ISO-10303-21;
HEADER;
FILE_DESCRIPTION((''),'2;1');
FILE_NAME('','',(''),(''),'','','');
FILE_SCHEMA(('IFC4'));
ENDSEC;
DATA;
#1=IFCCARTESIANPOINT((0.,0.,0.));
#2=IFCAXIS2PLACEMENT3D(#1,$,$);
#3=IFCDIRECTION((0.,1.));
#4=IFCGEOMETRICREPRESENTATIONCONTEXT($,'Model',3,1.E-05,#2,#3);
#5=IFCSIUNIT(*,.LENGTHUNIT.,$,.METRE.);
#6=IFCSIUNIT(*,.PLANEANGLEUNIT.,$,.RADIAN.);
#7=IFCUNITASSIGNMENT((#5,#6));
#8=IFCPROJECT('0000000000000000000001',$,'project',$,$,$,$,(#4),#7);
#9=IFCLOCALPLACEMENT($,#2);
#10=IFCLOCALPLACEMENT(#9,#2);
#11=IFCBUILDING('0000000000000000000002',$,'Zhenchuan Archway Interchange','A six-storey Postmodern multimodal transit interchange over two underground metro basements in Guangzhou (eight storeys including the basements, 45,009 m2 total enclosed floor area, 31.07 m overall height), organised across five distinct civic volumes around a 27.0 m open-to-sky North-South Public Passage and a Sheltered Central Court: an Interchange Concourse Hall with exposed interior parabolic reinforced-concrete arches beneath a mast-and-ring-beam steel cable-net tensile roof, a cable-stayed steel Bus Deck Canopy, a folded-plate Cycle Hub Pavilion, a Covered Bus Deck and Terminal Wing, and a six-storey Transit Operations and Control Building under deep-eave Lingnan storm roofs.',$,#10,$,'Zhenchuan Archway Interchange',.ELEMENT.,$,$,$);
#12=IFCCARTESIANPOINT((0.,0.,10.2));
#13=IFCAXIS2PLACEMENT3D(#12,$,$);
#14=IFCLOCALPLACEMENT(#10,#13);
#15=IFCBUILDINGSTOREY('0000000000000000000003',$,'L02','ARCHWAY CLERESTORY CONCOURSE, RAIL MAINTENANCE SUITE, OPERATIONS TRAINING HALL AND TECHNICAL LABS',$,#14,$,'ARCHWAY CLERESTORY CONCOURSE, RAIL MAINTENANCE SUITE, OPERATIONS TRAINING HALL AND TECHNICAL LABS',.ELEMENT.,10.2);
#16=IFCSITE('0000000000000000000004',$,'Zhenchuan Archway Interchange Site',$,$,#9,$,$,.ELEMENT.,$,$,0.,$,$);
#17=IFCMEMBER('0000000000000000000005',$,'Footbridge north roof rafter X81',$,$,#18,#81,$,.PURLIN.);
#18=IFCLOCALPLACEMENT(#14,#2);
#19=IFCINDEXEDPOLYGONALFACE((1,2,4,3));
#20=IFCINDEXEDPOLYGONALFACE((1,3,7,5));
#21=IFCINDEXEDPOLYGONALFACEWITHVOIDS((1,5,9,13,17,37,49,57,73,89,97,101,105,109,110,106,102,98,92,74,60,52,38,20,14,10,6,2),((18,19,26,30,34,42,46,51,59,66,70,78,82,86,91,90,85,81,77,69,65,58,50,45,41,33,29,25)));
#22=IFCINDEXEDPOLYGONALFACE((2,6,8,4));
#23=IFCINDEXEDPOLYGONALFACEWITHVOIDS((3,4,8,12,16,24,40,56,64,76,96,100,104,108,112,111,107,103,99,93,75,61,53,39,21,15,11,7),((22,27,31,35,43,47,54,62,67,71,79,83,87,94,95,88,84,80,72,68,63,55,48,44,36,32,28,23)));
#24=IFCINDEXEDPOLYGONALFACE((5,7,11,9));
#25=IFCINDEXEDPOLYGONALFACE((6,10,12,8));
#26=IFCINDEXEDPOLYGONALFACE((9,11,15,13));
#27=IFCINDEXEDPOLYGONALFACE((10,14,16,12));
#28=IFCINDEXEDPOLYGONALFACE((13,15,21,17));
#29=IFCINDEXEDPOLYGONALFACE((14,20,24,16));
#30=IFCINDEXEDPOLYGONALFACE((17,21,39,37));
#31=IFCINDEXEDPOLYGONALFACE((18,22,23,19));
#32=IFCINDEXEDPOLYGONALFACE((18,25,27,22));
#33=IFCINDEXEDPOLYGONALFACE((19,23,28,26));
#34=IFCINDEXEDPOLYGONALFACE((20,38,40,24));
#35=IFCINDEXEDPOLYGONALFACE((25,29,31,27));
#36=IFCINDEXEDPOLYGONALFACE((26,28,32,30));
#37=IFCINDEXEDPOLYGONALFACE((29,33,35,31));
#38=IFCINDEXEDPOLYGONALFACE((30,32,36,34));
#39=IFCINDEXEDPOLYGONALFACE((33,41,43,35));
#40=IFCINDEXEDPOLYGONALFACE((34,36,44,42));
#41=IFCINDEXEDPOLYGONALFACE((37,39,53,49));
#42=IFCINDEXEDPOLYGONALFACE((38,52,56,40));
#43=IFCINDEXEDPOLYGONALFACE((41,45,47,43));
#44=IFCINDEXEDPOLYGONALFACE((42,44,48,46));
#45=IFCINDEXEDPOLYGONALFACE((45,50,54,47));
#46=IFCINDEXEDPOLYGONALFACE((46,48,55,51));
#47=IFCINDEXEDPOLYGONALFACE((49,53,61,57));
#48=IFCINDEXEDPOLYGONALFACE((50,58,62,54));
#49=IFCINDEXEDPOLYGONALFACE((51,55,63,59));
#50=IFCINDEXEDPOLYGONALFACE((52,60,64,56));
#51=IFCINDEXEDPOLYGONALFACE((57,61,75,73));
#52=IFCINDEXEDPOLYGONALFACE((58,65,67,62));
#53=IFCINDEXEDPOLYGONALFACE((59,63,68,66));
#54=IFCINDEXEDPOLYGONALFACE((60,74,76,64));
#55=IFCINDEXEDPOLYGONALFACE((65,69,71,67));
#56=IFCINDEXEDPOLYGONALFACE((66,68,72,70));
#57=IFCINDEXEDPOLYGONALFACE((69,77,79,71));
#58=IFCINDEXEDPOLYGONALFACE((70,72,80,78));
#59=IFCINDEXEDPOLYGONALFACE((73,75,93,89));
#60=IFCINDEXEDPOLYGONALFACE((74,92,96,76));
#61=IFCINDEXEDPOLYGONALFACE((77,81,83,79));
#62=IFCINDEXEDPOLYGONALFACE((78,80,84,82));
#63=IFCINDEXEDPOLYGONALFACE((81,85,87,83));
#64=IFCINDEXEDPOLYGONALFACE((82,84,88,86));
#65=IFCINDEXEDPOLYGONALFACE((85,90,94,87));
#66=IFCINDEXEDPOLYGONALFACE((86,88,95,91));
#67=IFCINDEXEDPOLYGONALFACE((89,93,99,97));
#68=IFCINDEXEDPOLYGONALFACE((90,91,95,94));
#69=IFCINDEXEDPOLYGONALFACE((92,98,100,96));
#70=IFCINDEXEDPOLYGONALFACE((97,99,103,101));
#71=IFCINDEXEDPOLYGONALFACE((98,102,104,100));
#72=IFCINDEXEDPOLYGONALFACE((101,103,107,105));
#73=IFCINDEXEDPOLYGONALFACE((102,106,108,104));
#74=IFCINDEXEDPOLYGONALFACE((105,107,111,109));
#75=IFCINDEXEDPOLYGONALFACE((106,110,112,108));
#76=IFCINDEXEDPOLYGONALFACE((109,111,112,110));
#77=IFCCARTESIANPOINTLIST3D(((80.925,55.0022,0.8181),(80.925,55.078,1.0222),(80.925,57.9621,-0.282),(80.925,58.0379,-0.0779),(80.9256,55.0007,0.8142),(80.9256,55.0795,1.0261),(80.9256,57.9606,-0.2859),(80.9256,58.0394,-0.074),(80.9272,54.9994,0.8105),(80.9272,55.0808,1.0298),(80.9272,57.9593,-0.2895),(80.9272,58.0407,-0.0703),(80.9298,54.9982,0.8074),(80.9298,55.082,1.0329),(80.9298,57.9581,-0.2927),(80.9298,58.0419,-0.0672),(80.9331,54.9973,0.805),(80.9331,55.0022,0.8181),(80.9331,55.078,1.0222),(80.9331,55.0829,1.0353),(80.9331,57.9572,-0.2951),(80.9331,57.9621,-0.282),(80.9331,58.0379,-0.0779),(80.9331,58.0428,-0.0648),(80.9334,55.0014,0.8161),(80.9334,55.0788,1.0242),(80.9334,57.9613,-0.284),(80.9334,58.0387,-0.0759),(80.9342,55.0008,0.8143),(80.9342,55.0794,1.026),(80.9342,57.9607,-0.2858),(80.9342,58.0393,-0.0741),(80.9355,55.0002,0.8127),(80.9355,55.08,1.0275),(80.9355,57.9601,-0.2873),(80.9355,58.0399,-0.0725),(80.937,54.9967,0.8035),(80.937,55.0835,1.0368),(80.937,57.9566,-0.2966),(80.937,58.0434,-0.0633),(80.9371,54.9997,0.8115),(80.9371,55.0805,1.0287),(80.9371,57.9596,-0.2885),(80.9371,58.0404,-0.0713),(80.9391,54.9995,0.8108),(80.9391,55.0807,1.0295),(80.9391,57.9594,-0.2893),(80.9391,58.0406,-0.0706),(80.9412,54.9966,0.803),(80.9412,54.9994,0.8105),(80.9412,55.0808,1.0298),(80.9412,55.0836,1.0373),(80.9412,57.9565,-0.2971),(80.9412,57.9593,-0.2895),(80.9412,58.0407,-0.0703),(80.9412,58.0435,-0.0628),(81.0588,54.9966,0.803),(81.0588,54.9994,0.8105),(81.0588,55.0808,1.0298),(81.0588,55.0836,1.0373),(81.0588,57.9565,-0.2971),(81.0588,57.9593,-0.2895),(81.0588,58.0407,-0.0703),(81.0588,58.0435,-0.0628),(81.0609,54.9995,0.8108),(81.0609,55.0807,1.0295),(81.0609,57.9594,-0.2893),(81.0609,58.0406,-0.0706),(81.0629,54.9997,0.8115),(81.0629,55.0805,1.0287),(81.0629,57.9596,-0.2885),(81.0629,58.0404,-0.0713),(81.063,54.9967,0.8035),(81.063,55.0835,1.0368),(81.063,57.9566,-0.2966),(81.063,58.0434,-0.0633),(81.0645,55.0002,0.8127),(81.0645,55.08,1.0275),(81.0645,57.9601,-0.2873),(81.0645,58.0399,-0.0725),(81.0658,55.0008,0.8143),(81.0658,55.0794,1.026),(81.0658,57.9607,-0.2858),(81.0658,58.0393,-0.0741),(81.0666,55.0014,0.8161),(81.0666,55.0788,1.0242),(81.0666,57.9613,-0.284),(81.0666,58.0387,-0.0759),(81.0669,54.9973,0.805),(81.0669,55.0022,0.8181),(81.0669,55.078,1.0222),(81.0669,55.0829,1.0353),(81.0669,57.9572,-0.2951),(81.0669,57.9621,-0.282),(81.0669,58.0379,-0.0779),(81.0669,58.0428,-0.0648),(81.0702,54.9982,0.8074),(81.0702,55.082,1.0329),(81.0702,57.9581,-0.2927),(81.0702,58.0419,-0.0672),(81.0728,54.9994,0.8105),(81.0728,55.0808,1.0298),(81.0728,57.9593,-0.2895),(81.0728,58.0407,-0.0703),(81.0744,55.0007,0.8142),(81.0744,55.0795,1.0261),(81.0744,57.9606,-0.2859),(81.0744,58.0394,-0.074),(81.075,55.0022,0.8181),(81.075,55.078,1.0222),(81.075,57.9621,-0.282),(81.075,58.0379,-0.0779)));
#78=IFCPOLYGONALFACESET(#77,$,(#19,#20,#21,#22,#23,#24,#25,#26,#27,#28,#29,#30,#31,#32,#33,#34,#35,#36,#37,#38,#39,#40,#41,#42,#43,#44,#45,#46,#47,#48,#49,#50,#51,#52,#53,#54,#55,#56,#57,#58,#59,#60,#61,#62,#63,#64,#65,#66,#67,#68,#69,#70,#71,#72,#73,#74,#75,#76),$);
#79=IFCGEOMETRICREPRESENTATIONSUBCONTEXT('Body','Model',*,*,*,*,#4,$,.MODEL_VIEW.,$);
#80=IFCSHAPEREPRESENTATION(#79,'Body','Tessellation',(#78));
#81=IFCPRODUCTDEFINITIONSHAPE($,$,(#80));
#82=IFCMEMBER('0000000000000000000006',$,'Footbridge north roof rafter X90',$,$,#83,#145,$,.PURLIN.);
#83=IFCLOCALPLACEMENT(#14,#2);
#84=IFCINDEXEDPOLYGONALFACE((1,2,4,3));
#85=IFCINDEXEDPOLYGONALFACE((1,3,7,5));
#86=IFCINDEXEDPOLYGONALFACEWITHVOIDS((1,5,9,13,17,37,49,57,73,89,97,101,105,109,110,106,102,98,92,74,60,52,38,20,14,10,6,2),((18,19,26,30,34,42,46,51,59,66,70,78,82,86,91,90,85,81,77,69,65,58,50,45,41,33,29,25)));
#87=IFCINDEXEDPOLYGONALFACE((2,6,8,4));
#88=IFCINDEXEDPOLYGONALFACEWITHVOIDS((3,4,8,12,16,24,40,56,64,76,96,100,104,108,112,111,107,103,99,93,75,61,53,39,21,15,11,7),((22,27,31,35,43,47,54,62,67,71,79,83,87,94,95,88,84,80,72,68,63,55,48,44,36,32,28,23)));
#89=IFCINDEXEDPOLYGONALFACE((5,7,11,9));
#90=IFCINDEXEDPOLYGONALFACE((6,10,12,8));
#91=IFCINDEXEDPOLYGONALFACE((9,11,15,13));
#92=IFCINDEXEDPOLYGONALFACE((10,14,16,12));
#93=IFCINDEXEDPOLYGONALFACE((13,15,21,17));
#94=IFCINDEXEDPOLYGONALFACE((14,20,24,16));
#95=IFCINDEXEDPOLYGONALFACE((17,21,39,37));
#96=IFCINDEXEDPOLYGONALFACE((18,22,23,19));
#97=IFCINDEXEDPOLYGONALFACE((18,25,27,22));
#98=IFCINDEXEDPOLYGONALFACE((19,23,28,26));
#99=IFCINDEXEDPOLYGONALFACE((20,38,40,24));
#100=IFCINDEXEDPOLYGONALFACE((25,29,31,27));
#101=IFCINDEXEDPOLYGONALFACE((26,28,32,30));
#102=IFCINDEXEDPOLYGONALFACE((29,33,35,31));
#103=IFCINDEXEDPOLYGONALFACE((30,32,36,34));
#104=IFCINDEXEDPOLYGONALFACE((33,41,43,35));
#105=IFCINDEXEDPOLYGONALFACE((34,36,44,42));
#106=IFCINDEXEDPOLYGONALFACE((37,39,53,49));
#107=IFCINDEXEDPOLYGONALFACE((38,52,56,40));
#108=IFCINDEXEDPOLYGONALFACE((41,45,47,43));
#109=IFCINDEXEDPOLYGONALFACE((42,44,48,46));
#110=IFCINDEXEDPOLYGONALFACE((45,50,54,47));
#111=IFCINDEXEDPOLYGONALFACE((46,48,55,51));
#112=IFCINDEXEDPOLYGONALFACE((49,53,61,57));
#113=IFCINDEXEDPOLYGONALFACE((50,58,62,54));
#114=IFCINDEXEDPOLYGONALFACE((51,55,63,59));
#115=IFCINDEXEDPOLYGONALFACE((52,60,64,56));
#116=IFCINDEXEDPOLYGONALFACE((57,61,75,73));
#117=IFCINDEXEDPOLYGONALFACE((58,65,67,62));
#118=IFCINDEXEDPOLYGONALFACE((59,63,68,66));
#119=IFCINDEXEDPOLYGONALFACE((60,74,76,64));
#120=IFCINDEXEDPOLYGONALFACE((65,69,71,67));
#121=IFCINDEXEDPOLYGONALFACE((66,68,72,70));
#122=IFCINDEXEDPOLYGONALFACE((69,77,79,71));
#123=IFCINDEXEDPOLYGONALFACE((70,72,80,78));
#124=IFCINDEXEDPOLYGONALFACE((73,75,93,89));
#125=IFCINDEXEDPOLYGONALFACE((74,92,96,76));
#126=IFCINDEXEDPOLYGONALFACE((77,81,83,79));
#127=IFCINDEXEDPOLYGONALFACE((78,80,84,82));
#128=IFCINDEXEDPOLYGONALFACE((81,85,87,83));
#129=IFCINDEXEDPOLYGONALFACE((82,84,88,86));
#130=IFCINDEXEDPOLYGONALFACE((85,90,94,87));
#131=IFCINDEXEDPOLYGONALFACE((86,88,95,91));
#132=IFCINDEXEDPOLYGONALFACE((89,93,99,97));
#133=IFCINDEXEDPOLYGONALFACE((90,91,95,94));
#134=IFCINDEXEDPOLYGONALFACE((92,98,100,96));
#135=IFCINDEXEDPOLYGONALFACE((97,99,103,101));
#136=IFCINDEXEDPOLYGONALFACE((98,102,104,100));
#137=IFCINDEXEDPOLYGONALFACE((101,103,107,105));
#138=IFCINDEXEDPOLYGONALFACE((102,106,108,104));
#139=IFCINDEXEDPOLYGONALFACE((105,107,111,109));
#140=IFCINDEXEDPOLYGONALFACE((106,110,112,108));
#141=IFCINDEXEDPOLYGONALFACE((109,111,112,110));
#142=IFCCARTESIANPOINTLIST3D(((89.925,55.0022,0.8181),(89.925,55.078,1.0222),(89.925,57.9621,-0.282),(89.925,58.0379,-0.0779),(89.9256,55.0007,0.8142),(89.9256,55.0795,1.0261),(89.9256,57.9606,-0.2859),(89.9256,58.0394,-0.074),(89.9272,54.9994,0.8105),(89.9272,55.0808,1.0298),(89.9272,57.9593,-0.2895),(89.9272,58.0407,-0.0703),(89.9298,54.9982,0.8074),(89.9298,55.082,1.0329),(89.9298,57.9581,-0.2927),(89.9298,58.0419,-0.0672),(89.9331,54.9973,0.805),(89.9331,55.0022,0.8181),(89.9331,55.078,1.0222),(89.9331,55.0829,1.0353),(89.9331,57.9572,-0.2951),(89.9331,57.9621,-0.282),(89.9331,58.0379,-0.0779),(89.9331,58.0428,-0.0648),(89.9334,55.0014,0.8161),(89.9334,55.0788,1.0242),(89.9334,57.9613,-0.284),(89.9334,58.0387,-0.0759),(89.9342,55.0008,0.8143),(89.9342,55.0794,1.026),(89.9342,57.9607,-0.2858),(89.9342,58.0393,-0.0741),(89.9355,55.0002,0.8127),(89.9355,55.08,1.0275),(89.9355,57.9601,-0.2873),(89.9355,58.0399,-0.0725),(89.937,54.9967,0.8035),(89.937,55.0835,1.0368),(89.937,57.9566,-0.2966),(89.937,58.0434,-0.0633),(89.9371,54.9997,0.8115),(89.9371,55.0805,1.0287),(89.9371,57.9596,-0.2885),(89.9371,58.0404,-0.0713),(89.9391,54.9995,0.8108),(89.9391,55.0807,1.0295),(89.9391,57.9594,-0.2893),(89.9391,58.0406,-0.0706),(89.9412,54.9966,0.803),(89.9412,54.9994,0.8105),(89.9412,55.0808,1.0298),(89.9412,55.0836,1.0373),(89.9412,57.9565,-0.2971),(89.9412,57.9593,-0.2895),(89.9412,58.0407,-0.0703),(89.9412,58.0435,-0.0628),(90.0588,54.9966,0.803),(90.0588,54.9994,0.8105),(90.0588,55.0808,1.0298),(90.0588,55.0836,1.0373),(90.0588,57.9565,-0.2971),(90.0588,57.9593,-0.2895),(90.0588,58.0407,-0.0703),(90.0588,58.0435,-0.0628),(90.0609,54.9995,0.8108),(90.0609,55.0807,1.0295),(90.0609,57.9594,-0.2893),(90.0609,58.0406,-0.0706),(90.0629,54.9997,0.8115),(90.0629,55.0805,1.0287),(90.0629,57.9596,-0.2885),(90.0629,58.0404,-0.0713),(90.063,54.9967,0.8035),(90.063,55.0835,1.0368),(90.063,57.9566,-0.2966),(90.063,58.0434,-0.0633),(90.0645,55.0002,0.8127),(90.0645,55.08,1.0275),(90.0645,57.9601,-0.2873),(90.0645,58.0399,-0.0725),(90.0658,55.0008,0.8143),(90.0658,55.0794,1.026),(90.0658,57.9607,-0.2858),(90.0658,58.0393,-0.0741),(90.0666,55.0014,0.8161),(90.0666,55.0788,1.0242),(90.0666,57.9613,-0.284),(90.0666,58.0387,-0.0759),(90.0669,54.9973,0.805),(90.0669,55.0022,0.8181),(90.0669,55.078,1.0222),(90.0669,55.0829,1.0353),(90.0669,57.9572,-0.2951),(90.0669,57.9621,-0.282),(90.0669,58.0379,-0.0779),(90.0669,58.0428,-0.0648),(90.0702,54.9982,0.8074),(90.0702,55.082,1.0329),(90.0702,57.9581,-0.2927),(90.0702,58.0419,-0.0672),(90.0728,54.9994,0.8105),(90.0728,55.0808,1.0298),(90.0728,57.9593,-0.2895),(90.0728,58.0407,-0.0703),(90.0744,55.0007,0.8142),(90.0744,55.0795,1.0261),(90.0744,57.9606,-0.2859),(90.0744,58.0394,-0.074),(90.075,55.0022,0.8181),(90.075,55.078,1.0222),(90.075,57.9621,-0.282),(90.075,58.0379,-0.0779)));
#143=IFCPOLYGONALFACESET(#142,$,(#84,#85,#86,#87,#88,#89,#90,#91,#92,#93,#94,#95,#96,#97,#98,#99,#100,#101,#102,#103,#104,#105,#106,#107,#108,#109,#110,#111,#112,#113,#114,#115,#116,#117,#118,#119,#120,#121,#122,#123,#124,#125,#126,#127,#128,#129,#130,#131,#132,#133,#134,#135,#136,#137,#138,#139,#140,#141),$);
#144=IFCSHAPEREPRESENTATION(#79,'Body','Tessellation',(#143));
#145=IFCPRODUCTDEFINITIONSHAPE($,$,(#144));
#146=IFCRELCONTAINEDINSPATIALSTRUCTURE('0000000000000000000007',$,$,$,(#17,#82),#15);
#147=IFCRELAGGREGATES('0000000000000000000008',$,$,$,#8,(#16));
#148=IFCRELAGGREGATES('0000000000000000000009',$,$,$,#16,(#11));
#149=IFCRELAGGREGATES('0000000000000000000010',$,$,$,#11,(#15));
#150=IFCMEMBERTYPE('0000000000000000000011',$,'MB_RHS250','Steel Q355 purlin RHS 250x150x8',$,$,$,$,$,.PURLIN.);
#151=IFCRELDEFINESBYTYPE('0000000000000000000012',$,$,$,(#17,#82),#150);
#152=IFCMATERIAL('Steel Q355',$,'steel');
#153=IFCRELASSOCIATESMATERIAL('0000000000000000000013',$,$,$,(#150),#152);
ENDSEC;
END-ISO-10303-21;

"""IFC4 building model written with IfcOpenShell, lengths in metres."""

from ifc_helpers import new_model, si_unit, direction, frame, origin, origin_2d, place, context, subcontext, project, spatial, hollow_rectangle, extrude, material, material_profile, profile_set, type_object, element, save


model = new_model("IFC4")

# Units and contexts
model_context = context("Model", 3, precision=1e-05, world=origin(), true_north=direction((0.0, 1.0)))
body_context = subcontext(model_context, "Body", "Model", "MODEL_VIEW")
ifc_project = project(units=[si_unit("LENGTHUNIT", "METRE"), si_unit("PLANEANGLEUNIT", "RADIAN")], contexts=[model_context])

# Site, building, storey
site_placement = place(None, origin())
site = spatial("IfcSite", under=ifc_project, at=site_placement, Name="Zhenchuan Archway Interchange Site", CompositionType="ELEMENT", RefElevation=0.0)
building_placement = place(site_placement, origin())
building = spatial("IfcBuilding", under=site, at=building_placement, Name="Zhenchuan Archway Interchange", Description="A six-storey Postmodern multimodal transit interchange over two underground metro basements in Guangzhou (eight storeys including the basements, 45,009 m2 total enclosed floor area, 31.07 m overall height), organised across five distinct civic volumes around a 27.0 m open-to-sky North-South Public Passage and a Sheltered Central Court: an Interchange Concourse Hall with exposed interior parabolic reinforced-concrete arches beneath a mast-and-ring-beam steel cable-net tensile roof, a cable-stayed steel Bus Deck Canopy, a folded-plate Cycle Hub Pavilion, a Covered Bus Deck and Terminal Wing, and a six-storey Transit Operations and Control Building under deep-eave Lingnan storm roofs.", LongName="Zhenchuan Archway Interchange", CompositionType="ELEMENT")
storey_placement = place(building_placement, frame((0.0, 0.0, 10.2)))
storey = spatial("IfcBuildingStorey", under=building, at=storey_placement, Name="L02", Description="ARCHWAY CLERESTORY CONCOURSE, RAIL MAINTENANCE SUITE, OPERATIONS TRAINING HALL AND TECHNICAL LABS", LongName="ARCHWAY CLERESTORY CONCOURSE, RAIL MAINTENANCE SUITE, OPERATIONS TRAINING HALL AND TECHNICAL LABS", CompositionType="ELEMENT", Elevation=10.2)

# Shared definitions
ifc_material_1 = material(Name="Steel Q355", Category="steel")

# Members
ifc_material_profile_1 = material_profile(ifc_material_1, hollow_rectangle(XDim=0.1499, YDim=0.25, WallThickness=0.0081, InnerFilletRadius=0.0081, OuterFilletRadius=0.0161, at=origin_2d()), Name="RHS 250x150x8")
ifc_profile_set_1 = profile_set([ifc_material_profile_1], Name="Steel Q355")
member_type_1 = type_object("IfcMemberType", Name="MB_RHS250", Description="Steel Q355 purlin RHS 250x150x8", PredefinedType="PURLIN", material=ifc_profile_set_1)
for number, where, z_axis, x_axis, name in (
    (1, (81.0, 58.0, -0.1799), (0.0, -0.937355, 0.348377), (1.0, 0.0, 0.0), "Footbridge north roof rafter X81"),
    (2, (90.0, 58.0, -0.1799), (0.0, -0.937355, 0.348377), (1.0, 0.0, 0.0), "Footbridge north roof rafter X90"),
):
    element("IfcMember", number, at=place(storey_placement, frame(where, z_axis=z_axis, x_axis=x_axis)), inside=storey, type_object=member_type_1, Name=name, PredefinedType="PURLIN", context=body_context, shape_type="SweptSolid", body=[
        extrude(hollow_rectangle(XDim=0.1499, YDim=0.25, WallThickness=0.0081, InnerFilletRadius=0.0081, OuterFilletRadius=0.0161, at=origin_2d()), origin(), (0.0, 0.0, 1.0), 3.1577),
    ])

save(model, "model.ifc")
